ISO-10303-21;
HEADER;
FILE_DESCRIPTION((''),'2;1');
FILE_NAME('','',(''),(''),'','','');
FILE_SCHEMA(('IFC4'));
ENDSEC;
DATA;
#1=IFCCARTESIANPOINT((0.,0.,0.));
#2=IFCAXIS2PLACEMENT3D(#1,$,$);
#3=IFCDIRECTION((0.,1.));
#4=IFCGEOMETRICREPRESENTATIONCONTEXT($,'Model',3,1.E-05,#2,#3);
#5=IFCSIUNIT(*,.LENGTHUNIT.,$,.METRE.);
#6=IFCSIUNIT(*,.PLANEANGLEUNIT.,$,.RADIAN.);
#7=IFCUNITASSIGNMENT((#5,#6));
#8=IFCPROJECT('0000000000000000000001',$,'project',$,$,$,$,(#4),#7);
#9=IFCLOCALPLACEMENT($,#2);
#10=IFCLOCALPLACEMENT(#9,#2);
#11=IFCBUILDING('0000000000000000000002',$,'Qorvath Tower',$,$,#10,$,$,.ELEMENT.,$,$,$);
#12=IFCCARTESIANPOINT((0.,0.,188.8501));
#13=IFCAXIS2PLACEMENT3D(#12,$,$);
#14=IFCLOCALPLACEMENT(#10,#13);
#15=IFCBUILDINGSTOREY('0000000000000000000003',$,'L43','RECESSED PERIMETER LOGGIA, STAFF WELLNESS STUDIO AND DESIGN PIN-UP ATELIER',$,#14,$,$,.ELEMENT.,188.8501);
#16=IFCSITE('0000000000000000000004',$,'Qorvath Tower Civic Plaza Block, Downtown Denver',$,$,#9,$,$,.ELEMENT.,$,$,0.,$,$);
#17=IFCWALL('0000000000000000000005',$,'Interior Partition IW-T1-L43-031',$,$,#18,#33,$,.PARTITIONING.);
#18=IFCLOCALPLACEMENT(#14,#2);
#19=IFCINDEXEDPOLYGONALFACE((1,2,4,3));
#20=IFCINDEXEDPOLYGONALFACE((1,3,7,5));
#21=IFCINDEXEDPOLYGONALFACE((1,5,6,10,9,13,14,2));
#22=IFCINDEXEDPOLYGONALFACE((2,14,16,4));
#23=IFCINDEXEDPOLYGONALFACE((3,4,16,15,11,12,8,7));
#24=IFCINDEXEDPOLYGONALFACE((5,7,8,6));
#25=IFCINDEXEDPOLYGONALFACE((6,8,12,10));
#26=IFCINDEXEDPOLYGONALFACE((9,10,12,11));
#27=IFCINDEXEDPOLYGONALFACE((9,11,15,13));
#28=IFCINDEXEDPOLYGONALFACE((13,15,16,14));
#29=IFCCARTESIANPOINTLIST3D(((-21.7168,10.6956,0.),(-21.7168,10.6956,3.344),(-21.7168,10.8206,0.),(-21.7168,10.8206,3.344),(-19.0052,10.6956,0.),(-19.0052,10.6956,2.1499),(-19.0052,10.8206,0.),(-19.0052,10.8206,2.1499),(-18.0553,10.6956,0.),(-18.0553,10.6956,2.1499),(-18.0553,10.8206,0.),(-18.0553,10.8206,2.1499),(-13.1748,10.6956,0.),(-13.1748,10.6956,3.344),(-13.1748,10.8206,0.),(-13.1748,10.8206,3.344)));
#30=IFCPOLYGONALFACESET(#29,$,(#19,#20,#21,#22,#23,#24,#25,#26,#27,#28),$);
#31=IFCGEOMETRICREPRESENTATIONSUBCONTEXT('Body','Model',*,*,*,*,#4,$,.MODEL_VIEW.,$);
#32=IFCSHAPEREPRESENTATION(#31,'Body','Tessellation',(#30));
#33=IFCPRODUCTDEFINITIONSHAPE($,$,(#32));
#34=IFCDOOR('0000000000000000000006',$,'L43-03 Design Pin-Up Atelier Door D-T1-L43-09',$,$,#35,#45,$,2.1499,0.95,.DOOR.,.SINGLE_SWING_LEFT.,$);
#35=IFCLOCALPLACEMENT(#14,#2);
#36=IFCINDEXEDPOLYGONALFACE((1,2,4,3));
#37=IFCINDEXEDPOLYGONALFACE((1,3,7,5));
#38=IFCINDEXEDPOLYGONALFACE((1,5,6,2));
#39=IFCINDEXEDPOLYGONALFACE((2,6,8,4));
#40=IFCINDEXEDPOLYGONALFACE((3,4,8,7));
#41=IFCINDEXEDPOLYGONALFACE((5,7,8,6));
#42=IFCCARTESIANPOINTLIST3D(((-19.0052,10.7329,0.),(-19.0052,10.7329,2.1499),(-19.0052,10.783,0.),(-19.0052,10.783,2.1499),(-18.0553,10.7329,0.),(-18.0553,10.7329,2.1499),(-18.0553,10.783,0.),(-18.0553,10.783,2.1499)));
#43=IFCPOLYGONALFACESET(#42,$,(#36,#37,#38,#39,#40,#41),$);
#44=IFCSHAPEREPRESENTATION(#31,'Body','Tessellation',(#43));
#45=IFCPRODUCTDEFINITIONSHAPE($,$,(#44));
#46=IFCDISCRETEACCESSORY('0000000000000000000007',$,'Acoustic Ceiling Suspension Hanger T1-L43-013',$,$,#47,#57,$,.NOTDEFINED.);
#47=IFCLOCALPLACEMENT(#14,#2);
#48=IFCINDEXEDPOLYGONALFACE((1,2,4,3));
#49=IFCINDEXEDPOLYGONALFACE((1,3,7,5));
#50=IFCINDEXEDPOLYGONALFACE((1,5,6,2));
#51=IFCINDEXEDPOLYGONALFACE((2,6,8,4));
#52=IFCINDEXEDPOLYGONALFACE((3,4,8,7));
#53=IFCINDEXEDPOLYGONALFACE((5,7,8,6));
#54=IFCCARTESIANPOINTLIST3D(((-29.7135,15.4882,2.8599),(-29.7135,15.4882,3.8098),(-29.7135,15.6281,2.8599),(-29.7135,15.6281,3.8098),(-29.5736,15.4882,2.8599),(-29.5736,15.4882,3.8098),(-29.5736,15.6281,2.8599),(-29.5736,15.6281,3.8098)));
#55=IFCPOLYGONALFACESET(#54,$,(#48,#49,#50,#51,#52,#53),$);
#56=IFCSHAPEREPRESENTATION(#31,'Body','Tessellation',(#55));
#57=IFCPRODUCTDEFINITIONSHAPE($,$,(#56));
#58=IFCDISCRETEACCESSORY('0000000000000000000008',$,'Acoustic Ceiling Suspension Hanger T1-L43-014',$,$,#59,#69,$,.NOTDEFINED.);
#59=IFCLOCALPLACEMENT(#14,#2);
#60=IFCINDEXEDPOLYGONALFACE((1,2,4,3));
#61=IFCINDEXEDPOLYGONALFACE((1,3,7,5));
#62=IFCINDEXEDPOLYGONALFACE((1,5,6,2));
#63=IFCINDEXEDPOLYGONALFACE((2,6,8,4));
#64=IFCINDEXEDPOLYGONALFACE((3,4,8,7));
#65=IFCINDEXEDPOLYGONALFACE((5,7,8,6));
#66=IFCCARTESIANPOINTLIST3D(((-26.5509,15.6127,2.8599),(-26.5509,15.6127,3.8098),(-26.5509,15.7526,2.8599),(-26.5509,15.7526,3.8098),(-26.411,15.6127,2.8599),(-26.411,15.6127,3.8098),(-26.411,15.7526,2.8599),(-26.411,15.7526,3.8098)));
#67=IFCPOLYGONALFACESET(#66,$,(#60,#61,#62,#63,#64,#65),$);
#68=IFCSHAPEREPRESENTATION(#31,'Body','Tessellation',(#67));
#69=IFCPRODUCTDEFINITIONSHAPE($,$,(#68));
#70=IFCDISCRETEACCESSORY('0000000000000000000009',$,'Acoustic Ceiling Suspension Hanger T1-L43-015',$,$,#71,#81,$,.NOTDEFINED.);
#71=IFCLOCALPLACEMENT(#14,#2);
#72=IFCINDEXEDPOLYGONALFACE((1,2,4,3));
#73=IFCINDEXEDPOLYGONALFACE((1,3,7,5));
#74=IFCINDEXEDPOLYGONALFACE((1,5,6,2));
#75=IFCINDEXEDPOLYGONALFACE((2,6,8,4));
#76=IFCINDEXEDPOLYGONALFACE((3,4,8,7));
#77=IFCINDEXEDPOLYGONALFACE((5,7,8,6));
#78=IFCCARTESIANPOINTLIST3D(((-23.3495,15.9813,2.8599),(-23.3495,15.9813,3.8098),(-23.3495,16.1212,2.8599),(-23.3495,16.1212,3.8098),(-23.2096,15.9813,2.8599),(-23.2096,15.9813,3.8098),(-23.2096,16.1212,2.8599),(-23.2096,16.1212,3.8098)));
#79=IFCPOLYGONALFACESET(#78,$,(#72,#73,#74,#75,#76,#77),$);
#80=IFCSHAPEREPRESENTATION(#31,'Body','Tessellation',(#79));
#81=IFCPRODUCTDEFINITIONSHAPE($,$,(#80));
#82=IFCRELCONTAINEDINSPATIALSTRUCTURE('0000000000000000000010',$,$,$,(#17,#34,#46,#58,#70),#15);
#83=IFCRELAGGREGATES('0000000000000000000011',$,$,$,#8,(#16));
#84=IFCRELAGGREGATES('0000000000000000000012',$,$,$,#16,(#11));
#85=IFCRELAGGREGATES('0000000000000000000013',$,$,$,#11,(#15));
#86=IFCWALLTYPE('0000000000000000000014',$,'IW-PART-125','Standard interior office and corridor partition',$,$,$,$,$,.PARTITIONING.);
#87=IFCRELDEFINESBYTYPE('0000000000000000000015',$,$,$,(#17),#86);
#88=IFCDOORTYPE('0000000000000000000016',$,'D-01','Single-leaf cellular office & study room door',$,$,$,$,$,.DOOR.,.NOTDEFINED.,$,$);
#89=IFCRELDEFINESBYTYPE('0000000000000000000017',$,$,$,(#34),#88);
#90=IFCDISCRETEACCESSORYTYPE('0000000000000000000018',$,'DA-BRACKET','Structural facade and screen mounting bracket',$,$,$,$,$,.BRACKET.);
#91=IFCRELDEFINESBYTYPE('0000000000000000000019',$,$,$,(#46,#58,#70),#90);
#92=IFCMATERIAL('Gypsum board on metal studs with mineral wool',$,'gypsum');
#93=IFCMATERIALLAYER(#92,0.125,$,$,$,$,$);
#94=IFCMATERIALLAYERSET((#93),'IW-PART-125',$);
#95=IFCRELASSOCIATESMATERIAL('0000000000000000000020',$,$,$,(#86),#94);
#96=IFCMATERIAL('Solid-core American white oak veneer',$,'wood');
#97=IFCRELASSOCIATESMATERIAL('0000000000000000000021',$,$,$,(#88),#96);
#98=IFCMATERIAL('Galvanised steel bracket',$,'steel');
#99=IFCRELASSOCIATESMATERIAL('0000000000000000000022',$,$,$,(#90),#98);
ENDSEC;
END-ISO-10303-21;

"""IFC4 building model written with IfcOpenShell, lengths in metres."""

from ifc_helpers import new_model, si_unit, direction, frame, frame_2d, origin, origin_2d, place, context, subcontext, project, spatial, rectangle, extrude, material, layer, layer_set, type_object, element, fill, save


model = new_model("IFC4")

# Units and contexts
model_context = context("Model", 3, precision=1e-05, world=origin(), true_north=direction((0.0, 1.0)))
body_context = subcontext(model_context, "Body", "Model", "MODEL_VIEW")
ifc_project = project(units=[si_unit("LENGTHUNIT", "METRE"), si_unit("PLANEANGLEUNIT", "RADIAN")], contexts=[model_context])

# Site, building, storey
site_placement = place(None, origin())
site = spatial("IfcSite", under=ifc_project, at=site_placement, Name="Qorvath Tower Civic Plaza Block, Downtown Denver", CompositionType="ELEMENT", RefElevation=0.0)
building_placement = place(site_placement, origin())
building = spatial("IfcBuilding", under=site, at=building_placement, Name="Qorvath Tower", CompositionType="ELEMENT")
storey_placement = place(building_placement, frame((0.0, 0.0, 188.8501)))
storey = spatial("IfcBuildingStorey", under=building, at=storey_placement, Name="L43", Description="RECESSED PERIMETER LOGGIA, STAFF WELLNESS STUDIO AND DESIGN PIN-UP ATELIER", CompositionType="ELEMENT", Elevation=188.8501)

# Shared definitions
ifc_material_1 = material(Name="Gypsum board on metal studs with mineral wool", Category="gypsum")
ifc_layer_1 = layer(ifc_material_1, 0.125)
ifc_layer_set_1 = layer_set([ifc_layer_1], Name="IW-PART-125")
wall_type = type_object("IfcWallType", Name="IW-PART-125", Description="Standard interior office and corridor partition", PredefinedType="PARTITIONING", material=ifc_layer_set_1)

# Shared definitions
ifc_material_2 = material(Name="Solid-core American white oak veneer", Category="wood")
door_type = type_object("IfcDoorType", Name="D-01", Description="Single-leaf cellular office & study room door", OperationType="NOTDEFINED", PredefinedType="DOOR", material=ifc_material_2)

# Wall, opening, door
wall_1_placement = place(storey_placement, frame((-21.7168, 10.7581, 0.0), z_axis=(0.0, 0.0, 1.0), x_axis=(1.0, 0.0, 0.0)))
wall_1 = element("IfcWall", 1, at=wall_1_placement, inside=storey, type_object=wall_type, Name="Interior Partition IW-T1-L43-031", PredefinedType="PARTITIONING", context=body_context, shape_type="SweptSolid", body=[
    extrude(rectangle(XDim=8.542, YDim=0.125, at=frame_2d((4.271, 0.0))), origin(), (0.0, 0.0, 1.0), 3.344),
])
opening_1_placement = place(wall_1_placement, frame((2.7114, 0.0, 0.0)))
opening_1 = element("IfcOpeningElement", 2, at=opening_1_placement, cuts=wall_1, PredefinedType="OPENING", context=body_context, shape_type="SweptSolid", body=[
    extrude(rectangle(XDim=0.95, YDim=2.1499, at=frame_2d((0.4751, 1.075))), frame((0.0, 0.0725, 0.0), z_axis=(0.0, -1.0, 0.0), x_axis=(1.0, 0.0, 0.0)), (0.0, 0.0, 1.0), 0.145),
])
door_1_placement = place(opening_1_placement, origin())
door_1 = element("IfcDoor", 3, at=door_1_placement, inside=storey, type_object=door_type, Name="L43-03 Design Pin-Up Atelier Door D-T1-L43-09", OperationType="SINGLE_SWING_LEFT", OverallHeight=2.1499, OverallWidth=0.95, PredefinedType="DOOR", context=body_context, shape_type="SweptSolid", body=[
    extrude(rectangle(XDim=0.95, YDim=2.1499, at=frame_2d((0.4751, 1.075))), frame((0.0, 0.0249, 0.0), z_axis=(0.0, -1.0, 0.0), x_axis=(1.0, 0.0, 0.0)), (0.0, 0.0, 1.0), 0.05),
])
fill(opening_1, door_1)

# Discrete accessories
ifc_material_3 = material(Name="Galvanised steel bracket", Category="steel")
discrete_accessory_type = type_object("IfcDiscreteAccessoryType", Name="DA-BRACKET", Description="Structural facade and screen mounting bracket", PredefinedType="BRACKET", material=ifc_material_3)
for number, where, z_axis, x_axis, name in (
    (4, (-29.6436, 15.5581, 2.8599), (0.0, 0.0, 1.0), (1.0, 0.0, 0.0), "Acoustic Ceiling Suspension Hanger T1-L43-013"),
    (5, (-26.481, 15.6826, 2.8599), (0.0, 0.0, 1.0), (1.0, 0.0, 0.0), "Acoustic Ceiling Suspension Hanger T1-L43-014"),
    (6, (-23.2795, 16.0513, 2.8599), (0.0, 0.0, 1.0), (1.0, 0.0, 0.0), "Acoustic Ceiling Suspension Hanger T1-L43-015"),
):
    element("IfcDiscreteAccessory", number, at=place(storey_placement, frame(where, z_axis=z_axis, x_axis=x_axis)), inside=storey, type_object=discrete_accessory_type, Name=name, PredefinedType="NOTDEFINED", context=body_context, shape_type="SweptSolid", body=[
        extrude(rectangle(XDim=0.1399, YDim=0.1399, at=origin_2d()), origin(), (0.0, 0.0, 1.0), 0.95),
    ])

save(model, "model.ifc")
